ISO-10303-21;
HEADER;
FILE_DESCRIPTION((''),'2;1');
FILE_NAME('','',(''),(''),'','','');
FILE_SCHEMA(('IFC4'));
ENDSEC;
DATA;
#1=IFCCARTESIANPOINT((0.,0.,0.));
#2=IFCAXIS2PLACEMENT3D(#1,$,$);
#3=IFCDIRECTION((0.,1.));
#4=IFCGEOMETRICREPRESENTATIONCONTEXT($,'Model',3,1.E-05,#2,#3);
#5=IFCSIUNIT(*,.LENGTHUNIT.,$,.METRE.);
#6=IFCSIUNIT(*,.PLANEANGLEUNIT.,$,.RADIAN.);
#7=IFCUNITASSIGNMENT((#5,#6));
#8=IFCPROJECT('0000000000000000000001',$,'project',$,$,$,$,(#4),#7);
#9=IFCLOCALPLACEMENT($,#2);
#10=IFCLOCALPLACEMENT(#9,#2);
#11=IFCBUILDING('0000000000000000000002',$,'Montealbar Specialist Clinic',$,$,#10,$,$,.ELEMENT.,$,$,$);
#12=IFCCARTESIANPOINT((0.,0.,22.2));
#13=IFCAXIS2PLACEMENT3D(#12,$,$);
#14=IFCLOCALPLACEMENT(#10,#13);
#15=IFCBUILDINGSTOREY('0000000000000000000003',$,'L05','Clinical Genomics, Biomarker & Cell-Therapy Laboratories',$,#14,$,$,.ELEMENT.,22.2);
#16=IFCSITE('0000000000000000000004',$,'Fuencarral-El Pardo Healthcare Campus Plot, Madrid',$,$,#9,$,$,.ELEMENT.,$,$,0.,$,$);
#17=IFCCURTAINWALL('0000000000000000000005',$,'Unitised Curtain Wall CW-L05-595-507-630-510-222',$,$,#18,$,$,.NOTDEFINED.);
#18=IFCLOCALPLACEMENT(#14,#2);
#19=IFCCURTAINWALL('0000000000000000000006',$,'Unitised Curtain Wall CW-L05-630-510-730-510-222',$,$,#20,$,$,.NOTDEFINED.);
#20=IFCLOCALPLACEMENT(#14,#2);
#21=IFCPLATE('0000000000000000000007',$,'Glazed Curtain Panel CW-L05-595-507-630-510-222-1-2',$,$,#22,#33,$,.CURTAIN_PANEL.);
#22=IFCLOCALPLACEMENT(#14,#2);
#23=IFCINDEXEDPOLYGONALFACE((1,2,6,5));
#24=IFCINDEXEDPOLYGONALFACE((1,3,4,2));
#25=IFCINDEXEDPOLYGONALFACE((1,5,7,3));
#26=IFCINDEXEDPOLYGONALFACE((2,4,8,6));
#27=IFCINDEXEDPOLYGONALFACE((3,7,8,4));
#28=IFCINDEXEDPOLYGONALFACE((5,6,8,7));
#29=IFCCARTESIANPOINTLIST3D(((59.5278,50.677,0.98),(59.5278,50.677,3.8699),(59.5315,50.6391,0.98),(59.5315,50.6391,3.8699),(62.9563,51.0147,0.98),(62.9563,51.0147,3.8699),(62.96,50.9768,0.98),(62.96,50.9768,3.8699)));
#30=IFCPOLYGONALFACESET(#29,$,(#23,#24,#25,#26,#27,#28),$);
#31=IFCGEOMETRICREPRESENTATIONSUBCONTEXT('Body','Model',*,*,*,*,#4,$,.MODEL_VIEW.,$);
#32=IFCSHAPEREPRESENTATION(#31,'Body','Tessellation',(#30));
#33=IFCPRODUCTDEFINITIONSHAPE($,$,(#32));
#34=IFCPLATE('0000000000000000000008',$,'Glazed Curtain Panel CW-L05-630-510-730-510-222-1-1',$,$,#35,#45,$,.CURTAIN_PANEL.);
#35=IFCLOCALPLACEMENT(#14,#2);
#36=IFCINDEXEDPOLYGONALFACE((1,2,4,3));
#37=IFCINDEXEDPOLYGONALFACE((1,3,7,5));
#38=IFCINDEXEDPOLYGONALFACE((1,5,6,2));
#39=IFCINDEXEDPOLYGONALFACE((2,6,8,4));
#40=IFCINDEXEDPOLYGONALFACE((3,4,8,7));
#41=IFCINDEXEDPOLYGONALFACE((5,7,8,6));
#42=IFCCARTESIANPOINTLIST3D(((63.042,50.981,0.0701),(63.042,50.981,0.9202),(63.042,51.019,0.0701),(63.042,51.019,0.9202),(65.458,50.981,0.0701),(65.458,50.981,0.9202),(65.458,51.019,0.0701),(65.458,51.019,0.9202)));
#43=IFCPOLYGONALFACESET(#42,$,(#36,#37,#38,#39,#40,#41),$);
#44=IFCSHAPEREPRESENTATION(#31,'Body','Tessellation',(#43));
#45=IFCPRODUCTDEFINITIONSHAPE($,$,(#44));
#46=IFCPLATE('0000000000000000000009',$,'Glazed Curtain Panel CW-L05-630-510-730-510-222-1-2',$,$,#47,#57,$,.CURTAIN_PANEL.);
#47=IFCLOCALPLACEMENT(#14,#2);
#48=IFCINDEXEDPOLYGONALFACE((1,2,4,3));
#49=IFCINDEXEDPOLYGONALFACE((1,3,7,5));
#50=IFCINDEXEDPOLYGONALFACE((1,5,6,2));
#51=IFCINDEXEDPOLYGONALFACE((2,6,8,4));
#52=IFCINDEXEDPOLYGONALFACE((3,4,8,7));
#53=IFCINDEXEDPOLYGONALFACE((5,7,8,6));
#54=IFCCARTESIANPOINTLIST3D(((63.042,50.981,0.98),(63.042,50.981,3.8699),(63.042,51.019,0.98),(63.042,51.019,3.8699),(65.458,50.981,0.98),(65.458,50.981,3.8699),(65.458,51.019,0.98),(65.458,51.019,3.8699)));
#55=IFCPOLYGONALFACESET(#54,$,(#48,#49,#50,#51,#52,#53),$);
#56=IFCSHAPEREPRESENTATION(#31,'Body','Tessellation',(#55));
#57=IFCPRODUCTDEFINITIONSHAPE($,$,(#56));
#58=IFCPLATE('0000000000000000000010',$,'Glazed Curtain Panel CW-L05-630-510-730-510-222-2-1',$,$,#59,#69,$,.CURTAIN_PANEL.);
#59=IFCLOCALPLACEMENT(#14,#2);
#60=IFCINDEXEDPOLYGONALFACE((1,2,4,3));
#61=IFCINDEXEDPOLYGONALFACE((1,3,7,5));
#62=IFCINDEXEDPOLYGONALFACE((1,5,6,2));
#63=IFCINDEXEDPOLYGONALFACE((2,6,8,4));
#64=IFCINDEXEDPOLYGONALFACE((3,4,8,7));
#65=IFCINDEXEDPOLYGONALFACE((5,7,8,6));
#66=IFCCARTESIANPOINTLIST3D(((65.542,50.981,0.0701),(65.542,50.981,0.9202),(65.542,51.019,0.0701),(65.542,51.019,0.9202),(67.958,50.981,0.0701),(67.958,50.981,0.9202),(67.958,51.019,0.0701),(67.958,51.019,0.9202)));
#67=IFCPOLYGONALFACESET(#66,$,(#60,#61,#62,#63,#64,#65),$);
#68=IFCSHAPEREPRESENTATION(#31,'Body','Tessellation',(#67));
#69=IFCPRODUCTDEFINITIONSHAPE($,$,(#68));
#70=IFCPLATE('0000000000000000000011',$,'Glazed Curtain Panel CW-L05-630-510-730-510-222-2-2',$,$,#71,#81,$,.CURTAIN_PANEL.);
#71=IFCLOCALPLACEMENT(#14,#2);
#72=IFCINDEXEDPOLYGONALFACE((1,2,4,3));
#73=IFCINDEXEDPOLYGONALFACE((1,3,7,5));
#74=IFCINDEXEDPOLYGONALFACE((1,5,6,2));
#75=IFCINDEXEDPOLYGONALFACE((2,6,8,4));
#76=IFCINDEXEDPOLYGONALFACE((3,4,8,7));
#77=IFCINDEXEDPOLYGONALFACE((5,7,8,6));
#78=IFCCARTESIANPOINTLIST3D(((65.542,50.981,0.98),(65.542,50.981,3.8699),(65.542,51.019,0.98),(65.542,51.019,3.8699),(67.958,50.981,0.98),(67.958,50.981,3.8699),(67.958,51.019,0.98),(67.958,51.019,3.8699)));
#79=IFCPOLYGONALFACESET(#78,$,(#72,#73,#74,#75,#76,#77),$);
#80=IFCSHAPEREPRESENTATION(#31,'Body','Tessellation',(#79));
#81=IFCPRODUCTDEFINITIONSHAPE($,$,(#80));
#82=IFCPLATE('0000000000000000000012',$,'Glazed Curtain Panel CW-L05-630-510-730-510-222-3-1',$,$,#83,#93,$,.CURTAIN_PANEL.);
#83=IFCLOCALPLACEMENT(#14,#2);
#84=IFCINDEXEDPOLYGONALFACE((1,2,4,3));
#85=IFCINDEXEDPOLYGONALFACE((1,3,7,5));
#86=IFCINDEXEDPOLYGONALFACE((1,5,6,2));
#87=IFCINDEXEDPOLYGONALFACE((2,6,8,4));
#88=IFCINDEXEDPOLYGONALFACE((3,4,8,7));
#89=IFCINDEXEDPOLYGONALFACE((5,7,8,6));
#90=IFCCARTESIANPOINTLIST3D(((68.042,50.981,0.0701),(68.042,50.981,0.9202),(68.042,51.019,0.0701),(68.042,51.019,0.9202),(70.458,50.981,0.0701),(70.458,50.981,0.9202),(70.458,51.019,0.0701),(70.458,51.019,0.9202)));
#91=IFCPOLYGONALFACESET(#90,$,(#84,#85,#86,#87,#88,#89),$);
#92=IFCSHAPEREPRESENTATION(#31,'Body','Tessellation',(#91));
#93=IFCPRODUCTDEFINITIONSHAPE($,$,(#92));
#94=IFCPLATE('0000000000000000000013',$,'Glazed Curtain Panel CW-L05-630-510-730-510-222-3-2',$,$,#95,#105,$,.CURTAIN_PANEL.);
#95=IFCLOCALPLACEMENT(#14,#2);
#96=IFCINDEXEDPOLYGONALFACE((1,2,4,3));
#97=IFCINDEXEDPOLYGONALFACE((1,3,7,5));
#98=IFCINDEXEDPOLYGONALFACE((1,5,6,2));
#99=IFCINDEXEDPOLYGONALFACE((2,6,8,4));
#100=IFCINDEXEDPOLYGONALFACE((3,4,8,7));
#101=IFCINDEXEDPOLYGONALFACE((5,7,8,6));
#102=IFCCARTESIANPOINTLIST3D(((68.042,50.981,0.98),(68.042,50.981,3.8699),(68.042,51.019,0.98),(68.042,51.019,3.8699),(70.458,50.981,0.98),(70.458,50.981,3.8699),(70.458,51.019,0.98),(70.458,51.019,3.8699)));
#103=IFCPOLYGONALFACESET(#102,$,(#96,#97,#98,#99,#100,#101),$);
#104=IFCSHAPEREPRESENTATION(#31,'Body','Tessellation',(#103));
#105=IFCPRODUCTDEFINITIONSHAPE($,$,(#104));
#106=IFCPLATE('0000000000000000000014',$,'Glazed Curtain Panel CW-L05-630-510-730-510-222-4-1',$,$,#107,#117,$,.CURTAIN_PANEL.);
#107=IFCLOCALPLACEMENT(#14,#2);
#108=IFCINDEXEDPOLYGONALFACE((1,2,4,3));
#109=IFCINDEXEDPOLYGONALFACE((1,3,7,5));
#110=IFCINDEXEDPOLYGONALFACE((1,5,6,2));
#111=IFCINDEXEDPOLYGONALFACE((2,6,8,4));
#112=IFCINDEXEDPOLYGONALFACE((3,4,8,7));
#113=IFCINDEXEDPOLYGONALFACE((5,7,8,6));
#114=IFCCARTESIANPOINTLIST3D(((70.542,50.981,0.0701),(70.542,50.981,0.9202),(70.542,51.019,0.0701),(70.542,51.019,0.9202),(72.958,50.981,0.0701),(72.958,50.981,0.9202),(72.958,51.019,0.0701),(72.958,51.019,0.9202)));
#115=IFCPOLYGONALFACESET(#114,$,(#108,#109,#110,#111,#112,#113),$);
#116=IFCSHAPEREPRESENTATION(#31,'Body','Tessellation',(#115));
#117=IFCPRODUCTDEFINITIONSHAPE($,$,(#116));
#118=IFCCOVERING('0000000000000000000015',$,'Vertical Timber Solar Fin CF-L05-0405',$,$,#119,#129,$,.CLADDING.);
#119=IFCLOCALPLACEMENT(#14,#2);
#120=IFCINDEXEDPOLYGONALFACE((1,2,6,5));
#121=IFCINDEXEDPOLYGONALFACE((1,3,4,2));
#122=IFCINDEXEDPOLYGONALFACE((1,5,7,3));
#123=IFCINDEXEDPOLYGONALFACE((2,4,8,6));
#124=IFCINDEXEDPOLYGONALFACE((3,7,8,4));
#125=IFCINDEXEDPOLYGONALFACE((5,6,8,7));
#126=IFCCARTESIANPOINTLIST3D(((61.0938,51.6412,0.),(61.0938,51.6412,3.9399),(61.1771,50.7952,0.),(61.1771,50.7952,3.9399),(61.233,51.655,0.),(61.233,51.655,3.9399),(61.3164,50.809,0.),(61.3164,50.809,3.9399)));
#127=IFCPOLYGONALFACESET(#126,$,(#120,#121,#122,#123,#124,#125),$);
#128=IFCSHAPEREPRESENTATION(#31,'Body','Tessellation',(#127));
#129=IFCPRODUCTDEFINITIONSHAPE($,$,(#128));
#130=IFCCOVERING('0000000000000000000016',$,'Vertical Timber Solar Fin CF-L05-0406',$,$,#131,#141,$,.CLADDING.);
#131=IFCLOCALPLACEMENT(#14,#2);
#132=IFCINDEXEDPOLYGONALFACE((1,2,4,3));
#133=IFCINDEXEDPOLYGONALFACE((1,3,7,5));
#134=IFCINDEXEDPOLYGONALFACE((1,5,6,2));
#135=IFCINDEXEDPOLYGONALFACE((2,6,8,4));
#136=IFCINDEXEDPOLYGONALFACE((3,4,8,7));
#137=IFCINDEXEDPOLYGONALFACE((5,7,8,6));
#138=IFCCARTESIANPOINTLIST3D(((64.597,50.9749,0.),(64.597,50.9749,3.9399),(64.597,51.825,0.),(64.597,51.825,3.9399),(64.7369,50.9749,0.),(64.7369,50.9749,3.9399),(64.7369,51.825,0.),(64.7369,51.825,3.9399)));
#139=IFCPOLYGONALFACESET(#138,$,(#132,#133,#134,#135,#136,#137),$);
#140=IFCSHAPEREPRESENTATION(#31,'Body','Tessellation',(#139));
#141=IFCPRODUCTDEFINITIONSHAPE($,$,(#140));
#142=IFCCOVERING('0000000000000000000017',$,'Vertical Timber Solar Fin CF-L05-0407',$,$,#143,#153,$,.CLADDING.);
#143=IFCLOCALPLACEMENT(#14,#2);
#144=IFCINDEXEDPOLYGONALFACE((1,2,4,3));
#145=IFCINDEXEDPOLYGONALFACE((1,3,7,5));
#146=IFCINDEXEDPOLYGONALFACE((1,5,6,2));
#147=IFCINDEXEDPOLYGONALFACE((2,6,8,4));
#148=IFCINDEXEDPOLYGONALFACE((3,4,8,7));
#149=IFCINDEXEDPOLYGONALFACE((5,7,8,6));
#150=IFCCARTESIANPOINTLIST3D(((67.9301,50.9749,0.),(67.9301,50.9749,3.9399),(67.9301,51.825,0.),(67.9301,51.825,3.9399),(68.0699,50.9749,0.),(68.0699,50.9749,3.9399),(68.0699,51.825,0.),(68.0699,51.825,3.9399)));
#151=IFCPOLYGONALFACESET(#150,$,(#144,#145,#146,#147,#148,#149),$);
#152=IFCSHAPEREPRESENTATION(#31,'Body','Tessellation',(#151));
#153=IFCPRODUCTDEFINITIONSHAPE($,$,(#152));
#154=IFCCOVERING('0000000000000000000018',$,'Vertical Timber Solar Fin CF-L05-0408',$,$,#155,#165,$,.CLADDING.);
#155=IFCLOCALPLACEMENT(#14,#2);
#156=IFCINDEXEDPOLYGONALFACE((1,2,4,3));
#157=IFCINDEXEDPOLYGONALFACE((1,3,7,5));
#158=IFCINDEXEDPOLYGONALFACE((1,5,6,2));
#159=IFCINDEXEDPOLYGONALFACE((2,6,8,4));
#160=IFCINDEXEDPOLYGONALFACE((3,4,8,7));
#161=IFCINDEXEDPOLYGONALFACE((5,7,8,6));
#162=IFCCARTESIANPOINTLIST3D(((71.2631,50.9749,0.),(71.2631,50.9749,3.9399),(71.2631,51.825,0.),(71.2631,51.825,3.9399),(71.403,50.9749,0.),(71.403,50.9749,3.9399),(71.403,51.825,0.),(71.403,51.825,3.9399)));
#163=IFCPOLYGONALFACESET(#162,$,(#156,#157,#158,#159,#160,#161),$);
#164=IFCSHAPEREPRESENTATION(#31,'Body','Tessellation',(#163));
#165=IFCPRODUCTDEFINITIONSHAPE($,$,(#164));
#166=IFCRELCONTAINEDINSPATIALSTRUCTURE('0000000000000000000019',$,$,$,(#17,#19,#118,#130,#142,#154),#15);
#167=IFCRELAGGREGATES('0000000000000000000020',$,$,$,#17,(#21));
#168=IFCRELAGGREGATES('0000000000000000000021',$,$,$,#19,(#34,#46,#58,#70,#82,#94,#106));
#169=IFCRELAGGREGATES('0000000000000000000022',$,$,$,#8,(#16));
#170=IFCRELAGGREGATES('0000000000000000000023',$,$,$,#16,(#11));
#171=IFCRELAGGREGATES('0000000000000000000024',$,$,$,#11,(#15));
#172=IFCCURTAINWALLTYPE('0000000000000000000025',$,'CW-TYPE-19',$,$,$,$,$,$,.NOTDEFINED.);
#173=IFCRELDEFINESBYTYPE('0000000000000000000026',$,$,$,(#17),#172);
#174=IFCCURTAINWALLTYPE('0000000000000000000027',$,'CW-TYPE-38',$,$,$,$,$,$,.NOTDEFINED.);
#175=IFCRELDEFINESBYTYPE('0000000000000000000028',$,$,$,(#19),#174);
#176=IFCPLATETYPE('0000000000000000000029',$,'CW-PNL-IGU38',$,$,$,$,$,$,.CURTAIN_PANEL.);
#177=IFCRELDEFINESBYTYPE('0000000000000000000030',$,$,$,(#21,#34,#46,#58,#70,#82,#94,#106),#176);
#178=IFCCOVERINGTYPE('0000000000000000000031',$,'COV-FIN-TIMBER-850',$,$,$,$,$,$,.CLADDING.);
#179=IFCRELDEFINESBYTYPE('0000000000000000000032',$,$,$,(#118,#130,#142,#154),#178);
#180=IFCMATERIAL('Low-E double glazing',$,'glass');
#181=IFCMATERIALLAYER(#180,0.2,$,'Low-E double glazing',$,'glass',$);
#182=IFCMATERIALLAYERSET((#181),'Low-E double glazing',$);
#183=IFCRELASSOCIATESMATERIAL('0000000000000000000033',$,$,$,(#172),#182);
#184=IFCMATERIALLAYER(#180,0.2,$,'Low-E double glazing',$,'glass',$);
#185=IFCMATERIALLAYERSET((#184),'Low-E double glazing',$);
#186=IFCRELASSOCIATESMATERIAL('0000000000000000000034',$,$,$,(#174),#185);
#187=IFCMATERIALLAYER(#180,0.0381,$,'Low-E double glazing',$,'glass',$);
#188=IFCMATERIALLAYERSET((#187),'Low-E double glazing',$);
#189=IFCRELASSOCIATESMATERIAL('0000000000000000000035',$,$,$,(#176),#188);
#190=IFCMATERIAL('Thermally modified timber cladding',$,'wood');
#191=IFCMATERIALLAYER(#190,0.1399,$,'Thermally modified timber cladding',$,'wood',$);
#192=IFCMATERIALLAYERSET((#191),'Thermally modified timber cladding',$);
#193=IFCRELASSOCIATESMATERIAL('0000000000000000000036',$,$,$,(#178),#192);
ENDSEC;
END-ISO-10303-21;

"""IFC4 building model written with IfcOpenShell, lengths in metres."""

from ifc_helpers import new_model, si_unit, direction, frame, origin, origin_2d, place, context, subcontext, project, spatial, rectangle, extrude, material, layer, layer_set, type_object, element, aggregate, save


model = new_model("IFC4")

# Units and contexts
model_context = context("Model", 3, precision=1e-05, world=origin(), true_north=direction((0.0, 1.0)))
body_context = subcontext(model_context, "Body", "Model", "MODEL_VIEW")
ifc_project = project(units=[si_unit("LENGTHUNIT", "METRE"), si_unit("PLANEANGLEUNIT", "RADIAN")], contexts=[model_context])

# Site, building, storey
site_placement = place(None, origin())
site = spatial("IfcSite", under=ifc_project, at=site_placement, Name="Fuencarral-El Pardo Healthcare Campus Plot, Madrid", CompositionType="ELEMENT", RefElevation=0.0)
building_placement = place(site_placement, origin())
building = spatial("IfcBuilding", under=site, at=building_placement, Name="Montealbar Specialist Clinic", CompositionType="ELEMENT")
storey_placement = place(building_placement, frame((0.0, 0.0, 22.2)))
storey = spatial("IfcBuildingStorey", under=building, at=storey_placement, Name="L05", Description="Clinical Genomics, Biomarker & Cell-Therapy Laboratories", CompositionType="ELEMENT", Elevation=22.2)

# Shared definitions
ifc_material_1 = material(Name="Low-E double glazing", Category="glass")
ifc_layer_1 = layer(ifc_material_1, 0.2, Name="Low-E double glazing", Category="glass")
ifc_layer_set_1 = layer_set([ifc_layer_1], Name="Low-E double glazing")
curtain_wall_type_1 = type_object("IfcCurtainWallType", Name="CW-TYPE-19", PredefinedType="NOTDEFINED", material=ifc_layer_set_1)

# Curtain walls
curtain_wall_1_placement = place(storey_placement, origin())
curtain_wall_1 = element("IfcCurtainWall", 1, at=curtain_wall_1_placement, inside=storey, type_object=curtain_wall_type_1, Name="Unitised Curtain Wall CW-L05-595-507-630-510-222", PredefinedType="NOTDEFINED")
ifc_layer_2 = layer(ifc_material_1, 0.2, Name="Low-E double glazing", Category="glass")
ifc_layer_set_2 = layer_set([ifc_layer_2], Name="Low-E double glazing")
curtain_wall_type_2 = type_object("IfcCurtainWallType", Name="CW-TYPE-38", PredefinedType="NOTDEFINED", material=ifc_layer_set_2)
curtain_wall_2_placement = place(storey_placement, origin())
curtain_wall_2 = element("IfcCurtainWall", 2, at=curtain_wall_2_placement, inside=storey, type_object=curtain_wall_type_2, Name="Unitised Curtain Wall CW-L05-630-510-730-510-222", PredefinedType="NOTDEFINED")

# Plates
ifc_layer_3 = layer(ifc_material_1, 0.0381, Name="Low-E double glazing", Category="glass")
ifc_layer_set_3 = layer_set([ifc_layer_3], Name="Low-E double glazing")
plate_type = type_object("IfcPlateType", Name="CW-PNL-IGU38", PredefinedType="CURTAIN_PANEL", material=ifc_layer_set_3)
plate_1_placement = place(storey_placement, frame((61.2439, 50.8269, 0.98), z_axis=(0.0, 0.0, 1.0), x_axis=(0.995182, 0.098045, 0.0)))
plate_1 = element("IfcPlate", 3, at=plate_1_placement, type_object=plate_type, Name="Glazed Curtain Panel CW-L05-595-507-630-510-222-1-2", PredefinedType="CURTAIN_PANEL", context=body_context, shape_type="SweptSolid", body=[
    extrude(rectangle(XDim=3.4451, YDim=0.0381, at=origin_2d()), origin(), (0.0, 0.0, 1.0), 2.8899),
])
aggregate(curtain_wall_1, [plate_1])
plate_2_placement = place(storey_placement, frame((64.25, 51.0, 0.0701), z_axis=(0.0, 0.0, 1.0), x_axis=(1.0, 0.0, 0.0)))
plate_2 = element("IfcPlate", 4, at=plate_2_placement, type_object=plate_type, Name="Glazed Curtain Panel CW-L05-630-510-730-510-222-1-1", PredefinedType="CURTAIN_PANEL", context=body_context, shape_type="SweptSolid", body=[
    extrude(rectangle(XDim=2.416, YDim=0.0381, at=origin_2d()), origin(), (0.0, 0.0, 1.0), 0.8501),
])
plate_3_placement = place(storey_placement, frame((64.25, 51.0, 0.98), z_axis=(0.0, 0.0, 1.0), x_axis=(1.0, 0.0, 0.0)))
plate_3 = element("IfcPlate", 5, at=plate_3_placement, type_object=plate_type, Name="Glazed Curtain Panel CW-L05-630-510-730-510-222-1-2", PredefinedType="CURTAIN_PANEL", context=body_context, shape_type="SweptSolid", body=[
    extrude(rectangle(XDim=2.416, YDim=0.0381, at=origin_2d()), origin(), (0.0, 0.0, 1.0), 2.8899),
])
plate_4_placement = place(storey_placement, frame((66.75, 51.0, 0.0701), z_axis=(0.0, 0.0, 1.0), x_axis=(1.0, 0.0, 0.0)))
plate_4 = element("IfcPlate", 6, at=plate_4_placement, type_object=plate_type, Name="Glazed Curtain Panel CW-L05-630-510-730-510-222-2-1", PredefinedType="CURTAIN_PANEL", context=body_context, shape_type="SweptSolid", body=[
    extrude(rectangle(XDim=2.416, YDim=0.0381, at=origin_2d()), origin(), (0.0, 0.0, 1.0), 0.8501),
])
plate_5_placement = place(storey_placement, frame((66.75, 51.0, 0.98), z_axis=(0.0, 0.0, 1.0), x_axis=(1.0, 0.0, 0.0)))
plate_5 = element("IfcPlate", 7, at=plate_5_placement, type_object=plate_type, Name="Glazed Curtain Panel CW-L05-630-510-730-510-222-2-2", PredefinedType="CURTAIN_PANEL", context=body_context, shape_type="SweptSolid", body=[
    extrude(rectangle(XDim=2.416, YDim=0.0381, at=origin_2d()), origin(), (0.0, 0.0, 1.0), 2.8899),
])
plate_6_placement = place(storey_placement, frame((69.25, 51.0, 0.0701), z_axis=(0.0, 0.0, 1.0), x_axis=(1.0, 0.0, 0.0)))
plate_6 = element("IfcPlate", 8, at=plate_6_placement, type_object=plate_type, Name="Glazed Curtain Panel CW-L05-630-510-730-510-222-3-1", PredefinedType="CURTAIN_PANEL", context=body_context, shape_type="SweptSolid", body=[
    extrude(rectangle(XDim=2.416, YDim=0.0381, at=origin_2d()), origin(), (0.0, 0.0, 1.0), 0.8501),
])
plate_7_placement = place(storey_placement, frame((69.25, 51.0, 0.98), z_axis=(0.0, 0.0, 1.0), x_axis=(1.0, 0.0, 0.0)))
plate_7 = element("IfcPlate", 9, at=plate_7_placement, type_object=plate_type, Name="Glazed Curtain Panel CW-L05-630-510-730-510-222-3-2", PredefinedType="CURTAIN_PANEL", context=body_context, shape_type="SweptSolid", body=[
    extrude(rectangle(XDim=2.416, YDim=0.0381, at=origin_2d()), origin(), (0.0, 0.0, 1.0), 2.8899),
])
plate_8_placement = place(storey_placement, frame((71.75, 51.0, 0.0701), z_axis=(0.0, 0.0, 1.0), x_axis=(1.0, 0.0, 0.0)))
plate_8 = element("IfcPlate", 10, at=plate_8_placement, type_object=plate_type, Name="Glazed Curtain Panel CW-L05-630-510-730-510-222-4-1", PredefinedType="CURTAIN_PANEL", context=body_context, shape_type="SweptSolid", body=[
    extrude(rectangle(XDim=2.416, YDim=0.0381, at=origin_2d()), origin(), (0.0, 0.0, 1.0), 0.8501),
])
aggregate(curtain_wall_2, [plate_2, plate_3, plate_4, plate_5, plate_6, plate_7, plate_8])

# Coverings
ifc_material_2 = material(Name="Thermally modified timber cladding", Category="wood")
ifc_layer_4 = layer(ifc_material_2, 0.1399, Name="Thermally modified timber cladding", Category="wood")
ifc_layer_set_4 = layer_set([ifc_layer_4], Name="Thermally modified timber cladding")
covering_type = type_object("IfcCoveringType", Name="COV-FIN-TIMBER-850", PredefinedType="CLADDING", material=ifc_layer_set_4)
for number, where, z_axis, x_axis, name in (
    (11, (61.2051, 51.2251, 0.0), (0.0, 0.0, 1.0), (-0.098045, 0.995182, 0.0), "Vertical Timber Solar Fin CF-L05-0405"),
    (12, (64.667, 51.3999, 0.0), (0.0, 0.0, 1.0), (0.0, 1.0, 0.0), "Vertical Timber Solar Fin CF-L05-0406"),
    (13, (68.0, 51.3999, 0.0), (0.0, 0.0, 1.0), (0.0, 1.0, 0.0), "Vertical Timber Solar Fin CF-L05-0407"),
    (14, (71.333, 51.3999, 0.0), (0.0, 0.0, 1.0), (0.0, 1.0, 0.0), "Vertical Timber Solar Fin CF-L05-0408"),
):
    element("IfcCovering", number, at=place(storey_placement, frame(where, z_axis=z_axis, x_axis=x_axis)), inside=storey, type_object=covering_type, Name=name, PredefinedType="CLADDING", context=body_context, shape_type="SweptSolid", body=[
        extrude(rectangle(XDim=0.8501, YDim=0.1399, at=origin_2d()), origin(), (0.0, 0.0, 1.0), 3.9399),
    ])

save(model, "model.ifc")
